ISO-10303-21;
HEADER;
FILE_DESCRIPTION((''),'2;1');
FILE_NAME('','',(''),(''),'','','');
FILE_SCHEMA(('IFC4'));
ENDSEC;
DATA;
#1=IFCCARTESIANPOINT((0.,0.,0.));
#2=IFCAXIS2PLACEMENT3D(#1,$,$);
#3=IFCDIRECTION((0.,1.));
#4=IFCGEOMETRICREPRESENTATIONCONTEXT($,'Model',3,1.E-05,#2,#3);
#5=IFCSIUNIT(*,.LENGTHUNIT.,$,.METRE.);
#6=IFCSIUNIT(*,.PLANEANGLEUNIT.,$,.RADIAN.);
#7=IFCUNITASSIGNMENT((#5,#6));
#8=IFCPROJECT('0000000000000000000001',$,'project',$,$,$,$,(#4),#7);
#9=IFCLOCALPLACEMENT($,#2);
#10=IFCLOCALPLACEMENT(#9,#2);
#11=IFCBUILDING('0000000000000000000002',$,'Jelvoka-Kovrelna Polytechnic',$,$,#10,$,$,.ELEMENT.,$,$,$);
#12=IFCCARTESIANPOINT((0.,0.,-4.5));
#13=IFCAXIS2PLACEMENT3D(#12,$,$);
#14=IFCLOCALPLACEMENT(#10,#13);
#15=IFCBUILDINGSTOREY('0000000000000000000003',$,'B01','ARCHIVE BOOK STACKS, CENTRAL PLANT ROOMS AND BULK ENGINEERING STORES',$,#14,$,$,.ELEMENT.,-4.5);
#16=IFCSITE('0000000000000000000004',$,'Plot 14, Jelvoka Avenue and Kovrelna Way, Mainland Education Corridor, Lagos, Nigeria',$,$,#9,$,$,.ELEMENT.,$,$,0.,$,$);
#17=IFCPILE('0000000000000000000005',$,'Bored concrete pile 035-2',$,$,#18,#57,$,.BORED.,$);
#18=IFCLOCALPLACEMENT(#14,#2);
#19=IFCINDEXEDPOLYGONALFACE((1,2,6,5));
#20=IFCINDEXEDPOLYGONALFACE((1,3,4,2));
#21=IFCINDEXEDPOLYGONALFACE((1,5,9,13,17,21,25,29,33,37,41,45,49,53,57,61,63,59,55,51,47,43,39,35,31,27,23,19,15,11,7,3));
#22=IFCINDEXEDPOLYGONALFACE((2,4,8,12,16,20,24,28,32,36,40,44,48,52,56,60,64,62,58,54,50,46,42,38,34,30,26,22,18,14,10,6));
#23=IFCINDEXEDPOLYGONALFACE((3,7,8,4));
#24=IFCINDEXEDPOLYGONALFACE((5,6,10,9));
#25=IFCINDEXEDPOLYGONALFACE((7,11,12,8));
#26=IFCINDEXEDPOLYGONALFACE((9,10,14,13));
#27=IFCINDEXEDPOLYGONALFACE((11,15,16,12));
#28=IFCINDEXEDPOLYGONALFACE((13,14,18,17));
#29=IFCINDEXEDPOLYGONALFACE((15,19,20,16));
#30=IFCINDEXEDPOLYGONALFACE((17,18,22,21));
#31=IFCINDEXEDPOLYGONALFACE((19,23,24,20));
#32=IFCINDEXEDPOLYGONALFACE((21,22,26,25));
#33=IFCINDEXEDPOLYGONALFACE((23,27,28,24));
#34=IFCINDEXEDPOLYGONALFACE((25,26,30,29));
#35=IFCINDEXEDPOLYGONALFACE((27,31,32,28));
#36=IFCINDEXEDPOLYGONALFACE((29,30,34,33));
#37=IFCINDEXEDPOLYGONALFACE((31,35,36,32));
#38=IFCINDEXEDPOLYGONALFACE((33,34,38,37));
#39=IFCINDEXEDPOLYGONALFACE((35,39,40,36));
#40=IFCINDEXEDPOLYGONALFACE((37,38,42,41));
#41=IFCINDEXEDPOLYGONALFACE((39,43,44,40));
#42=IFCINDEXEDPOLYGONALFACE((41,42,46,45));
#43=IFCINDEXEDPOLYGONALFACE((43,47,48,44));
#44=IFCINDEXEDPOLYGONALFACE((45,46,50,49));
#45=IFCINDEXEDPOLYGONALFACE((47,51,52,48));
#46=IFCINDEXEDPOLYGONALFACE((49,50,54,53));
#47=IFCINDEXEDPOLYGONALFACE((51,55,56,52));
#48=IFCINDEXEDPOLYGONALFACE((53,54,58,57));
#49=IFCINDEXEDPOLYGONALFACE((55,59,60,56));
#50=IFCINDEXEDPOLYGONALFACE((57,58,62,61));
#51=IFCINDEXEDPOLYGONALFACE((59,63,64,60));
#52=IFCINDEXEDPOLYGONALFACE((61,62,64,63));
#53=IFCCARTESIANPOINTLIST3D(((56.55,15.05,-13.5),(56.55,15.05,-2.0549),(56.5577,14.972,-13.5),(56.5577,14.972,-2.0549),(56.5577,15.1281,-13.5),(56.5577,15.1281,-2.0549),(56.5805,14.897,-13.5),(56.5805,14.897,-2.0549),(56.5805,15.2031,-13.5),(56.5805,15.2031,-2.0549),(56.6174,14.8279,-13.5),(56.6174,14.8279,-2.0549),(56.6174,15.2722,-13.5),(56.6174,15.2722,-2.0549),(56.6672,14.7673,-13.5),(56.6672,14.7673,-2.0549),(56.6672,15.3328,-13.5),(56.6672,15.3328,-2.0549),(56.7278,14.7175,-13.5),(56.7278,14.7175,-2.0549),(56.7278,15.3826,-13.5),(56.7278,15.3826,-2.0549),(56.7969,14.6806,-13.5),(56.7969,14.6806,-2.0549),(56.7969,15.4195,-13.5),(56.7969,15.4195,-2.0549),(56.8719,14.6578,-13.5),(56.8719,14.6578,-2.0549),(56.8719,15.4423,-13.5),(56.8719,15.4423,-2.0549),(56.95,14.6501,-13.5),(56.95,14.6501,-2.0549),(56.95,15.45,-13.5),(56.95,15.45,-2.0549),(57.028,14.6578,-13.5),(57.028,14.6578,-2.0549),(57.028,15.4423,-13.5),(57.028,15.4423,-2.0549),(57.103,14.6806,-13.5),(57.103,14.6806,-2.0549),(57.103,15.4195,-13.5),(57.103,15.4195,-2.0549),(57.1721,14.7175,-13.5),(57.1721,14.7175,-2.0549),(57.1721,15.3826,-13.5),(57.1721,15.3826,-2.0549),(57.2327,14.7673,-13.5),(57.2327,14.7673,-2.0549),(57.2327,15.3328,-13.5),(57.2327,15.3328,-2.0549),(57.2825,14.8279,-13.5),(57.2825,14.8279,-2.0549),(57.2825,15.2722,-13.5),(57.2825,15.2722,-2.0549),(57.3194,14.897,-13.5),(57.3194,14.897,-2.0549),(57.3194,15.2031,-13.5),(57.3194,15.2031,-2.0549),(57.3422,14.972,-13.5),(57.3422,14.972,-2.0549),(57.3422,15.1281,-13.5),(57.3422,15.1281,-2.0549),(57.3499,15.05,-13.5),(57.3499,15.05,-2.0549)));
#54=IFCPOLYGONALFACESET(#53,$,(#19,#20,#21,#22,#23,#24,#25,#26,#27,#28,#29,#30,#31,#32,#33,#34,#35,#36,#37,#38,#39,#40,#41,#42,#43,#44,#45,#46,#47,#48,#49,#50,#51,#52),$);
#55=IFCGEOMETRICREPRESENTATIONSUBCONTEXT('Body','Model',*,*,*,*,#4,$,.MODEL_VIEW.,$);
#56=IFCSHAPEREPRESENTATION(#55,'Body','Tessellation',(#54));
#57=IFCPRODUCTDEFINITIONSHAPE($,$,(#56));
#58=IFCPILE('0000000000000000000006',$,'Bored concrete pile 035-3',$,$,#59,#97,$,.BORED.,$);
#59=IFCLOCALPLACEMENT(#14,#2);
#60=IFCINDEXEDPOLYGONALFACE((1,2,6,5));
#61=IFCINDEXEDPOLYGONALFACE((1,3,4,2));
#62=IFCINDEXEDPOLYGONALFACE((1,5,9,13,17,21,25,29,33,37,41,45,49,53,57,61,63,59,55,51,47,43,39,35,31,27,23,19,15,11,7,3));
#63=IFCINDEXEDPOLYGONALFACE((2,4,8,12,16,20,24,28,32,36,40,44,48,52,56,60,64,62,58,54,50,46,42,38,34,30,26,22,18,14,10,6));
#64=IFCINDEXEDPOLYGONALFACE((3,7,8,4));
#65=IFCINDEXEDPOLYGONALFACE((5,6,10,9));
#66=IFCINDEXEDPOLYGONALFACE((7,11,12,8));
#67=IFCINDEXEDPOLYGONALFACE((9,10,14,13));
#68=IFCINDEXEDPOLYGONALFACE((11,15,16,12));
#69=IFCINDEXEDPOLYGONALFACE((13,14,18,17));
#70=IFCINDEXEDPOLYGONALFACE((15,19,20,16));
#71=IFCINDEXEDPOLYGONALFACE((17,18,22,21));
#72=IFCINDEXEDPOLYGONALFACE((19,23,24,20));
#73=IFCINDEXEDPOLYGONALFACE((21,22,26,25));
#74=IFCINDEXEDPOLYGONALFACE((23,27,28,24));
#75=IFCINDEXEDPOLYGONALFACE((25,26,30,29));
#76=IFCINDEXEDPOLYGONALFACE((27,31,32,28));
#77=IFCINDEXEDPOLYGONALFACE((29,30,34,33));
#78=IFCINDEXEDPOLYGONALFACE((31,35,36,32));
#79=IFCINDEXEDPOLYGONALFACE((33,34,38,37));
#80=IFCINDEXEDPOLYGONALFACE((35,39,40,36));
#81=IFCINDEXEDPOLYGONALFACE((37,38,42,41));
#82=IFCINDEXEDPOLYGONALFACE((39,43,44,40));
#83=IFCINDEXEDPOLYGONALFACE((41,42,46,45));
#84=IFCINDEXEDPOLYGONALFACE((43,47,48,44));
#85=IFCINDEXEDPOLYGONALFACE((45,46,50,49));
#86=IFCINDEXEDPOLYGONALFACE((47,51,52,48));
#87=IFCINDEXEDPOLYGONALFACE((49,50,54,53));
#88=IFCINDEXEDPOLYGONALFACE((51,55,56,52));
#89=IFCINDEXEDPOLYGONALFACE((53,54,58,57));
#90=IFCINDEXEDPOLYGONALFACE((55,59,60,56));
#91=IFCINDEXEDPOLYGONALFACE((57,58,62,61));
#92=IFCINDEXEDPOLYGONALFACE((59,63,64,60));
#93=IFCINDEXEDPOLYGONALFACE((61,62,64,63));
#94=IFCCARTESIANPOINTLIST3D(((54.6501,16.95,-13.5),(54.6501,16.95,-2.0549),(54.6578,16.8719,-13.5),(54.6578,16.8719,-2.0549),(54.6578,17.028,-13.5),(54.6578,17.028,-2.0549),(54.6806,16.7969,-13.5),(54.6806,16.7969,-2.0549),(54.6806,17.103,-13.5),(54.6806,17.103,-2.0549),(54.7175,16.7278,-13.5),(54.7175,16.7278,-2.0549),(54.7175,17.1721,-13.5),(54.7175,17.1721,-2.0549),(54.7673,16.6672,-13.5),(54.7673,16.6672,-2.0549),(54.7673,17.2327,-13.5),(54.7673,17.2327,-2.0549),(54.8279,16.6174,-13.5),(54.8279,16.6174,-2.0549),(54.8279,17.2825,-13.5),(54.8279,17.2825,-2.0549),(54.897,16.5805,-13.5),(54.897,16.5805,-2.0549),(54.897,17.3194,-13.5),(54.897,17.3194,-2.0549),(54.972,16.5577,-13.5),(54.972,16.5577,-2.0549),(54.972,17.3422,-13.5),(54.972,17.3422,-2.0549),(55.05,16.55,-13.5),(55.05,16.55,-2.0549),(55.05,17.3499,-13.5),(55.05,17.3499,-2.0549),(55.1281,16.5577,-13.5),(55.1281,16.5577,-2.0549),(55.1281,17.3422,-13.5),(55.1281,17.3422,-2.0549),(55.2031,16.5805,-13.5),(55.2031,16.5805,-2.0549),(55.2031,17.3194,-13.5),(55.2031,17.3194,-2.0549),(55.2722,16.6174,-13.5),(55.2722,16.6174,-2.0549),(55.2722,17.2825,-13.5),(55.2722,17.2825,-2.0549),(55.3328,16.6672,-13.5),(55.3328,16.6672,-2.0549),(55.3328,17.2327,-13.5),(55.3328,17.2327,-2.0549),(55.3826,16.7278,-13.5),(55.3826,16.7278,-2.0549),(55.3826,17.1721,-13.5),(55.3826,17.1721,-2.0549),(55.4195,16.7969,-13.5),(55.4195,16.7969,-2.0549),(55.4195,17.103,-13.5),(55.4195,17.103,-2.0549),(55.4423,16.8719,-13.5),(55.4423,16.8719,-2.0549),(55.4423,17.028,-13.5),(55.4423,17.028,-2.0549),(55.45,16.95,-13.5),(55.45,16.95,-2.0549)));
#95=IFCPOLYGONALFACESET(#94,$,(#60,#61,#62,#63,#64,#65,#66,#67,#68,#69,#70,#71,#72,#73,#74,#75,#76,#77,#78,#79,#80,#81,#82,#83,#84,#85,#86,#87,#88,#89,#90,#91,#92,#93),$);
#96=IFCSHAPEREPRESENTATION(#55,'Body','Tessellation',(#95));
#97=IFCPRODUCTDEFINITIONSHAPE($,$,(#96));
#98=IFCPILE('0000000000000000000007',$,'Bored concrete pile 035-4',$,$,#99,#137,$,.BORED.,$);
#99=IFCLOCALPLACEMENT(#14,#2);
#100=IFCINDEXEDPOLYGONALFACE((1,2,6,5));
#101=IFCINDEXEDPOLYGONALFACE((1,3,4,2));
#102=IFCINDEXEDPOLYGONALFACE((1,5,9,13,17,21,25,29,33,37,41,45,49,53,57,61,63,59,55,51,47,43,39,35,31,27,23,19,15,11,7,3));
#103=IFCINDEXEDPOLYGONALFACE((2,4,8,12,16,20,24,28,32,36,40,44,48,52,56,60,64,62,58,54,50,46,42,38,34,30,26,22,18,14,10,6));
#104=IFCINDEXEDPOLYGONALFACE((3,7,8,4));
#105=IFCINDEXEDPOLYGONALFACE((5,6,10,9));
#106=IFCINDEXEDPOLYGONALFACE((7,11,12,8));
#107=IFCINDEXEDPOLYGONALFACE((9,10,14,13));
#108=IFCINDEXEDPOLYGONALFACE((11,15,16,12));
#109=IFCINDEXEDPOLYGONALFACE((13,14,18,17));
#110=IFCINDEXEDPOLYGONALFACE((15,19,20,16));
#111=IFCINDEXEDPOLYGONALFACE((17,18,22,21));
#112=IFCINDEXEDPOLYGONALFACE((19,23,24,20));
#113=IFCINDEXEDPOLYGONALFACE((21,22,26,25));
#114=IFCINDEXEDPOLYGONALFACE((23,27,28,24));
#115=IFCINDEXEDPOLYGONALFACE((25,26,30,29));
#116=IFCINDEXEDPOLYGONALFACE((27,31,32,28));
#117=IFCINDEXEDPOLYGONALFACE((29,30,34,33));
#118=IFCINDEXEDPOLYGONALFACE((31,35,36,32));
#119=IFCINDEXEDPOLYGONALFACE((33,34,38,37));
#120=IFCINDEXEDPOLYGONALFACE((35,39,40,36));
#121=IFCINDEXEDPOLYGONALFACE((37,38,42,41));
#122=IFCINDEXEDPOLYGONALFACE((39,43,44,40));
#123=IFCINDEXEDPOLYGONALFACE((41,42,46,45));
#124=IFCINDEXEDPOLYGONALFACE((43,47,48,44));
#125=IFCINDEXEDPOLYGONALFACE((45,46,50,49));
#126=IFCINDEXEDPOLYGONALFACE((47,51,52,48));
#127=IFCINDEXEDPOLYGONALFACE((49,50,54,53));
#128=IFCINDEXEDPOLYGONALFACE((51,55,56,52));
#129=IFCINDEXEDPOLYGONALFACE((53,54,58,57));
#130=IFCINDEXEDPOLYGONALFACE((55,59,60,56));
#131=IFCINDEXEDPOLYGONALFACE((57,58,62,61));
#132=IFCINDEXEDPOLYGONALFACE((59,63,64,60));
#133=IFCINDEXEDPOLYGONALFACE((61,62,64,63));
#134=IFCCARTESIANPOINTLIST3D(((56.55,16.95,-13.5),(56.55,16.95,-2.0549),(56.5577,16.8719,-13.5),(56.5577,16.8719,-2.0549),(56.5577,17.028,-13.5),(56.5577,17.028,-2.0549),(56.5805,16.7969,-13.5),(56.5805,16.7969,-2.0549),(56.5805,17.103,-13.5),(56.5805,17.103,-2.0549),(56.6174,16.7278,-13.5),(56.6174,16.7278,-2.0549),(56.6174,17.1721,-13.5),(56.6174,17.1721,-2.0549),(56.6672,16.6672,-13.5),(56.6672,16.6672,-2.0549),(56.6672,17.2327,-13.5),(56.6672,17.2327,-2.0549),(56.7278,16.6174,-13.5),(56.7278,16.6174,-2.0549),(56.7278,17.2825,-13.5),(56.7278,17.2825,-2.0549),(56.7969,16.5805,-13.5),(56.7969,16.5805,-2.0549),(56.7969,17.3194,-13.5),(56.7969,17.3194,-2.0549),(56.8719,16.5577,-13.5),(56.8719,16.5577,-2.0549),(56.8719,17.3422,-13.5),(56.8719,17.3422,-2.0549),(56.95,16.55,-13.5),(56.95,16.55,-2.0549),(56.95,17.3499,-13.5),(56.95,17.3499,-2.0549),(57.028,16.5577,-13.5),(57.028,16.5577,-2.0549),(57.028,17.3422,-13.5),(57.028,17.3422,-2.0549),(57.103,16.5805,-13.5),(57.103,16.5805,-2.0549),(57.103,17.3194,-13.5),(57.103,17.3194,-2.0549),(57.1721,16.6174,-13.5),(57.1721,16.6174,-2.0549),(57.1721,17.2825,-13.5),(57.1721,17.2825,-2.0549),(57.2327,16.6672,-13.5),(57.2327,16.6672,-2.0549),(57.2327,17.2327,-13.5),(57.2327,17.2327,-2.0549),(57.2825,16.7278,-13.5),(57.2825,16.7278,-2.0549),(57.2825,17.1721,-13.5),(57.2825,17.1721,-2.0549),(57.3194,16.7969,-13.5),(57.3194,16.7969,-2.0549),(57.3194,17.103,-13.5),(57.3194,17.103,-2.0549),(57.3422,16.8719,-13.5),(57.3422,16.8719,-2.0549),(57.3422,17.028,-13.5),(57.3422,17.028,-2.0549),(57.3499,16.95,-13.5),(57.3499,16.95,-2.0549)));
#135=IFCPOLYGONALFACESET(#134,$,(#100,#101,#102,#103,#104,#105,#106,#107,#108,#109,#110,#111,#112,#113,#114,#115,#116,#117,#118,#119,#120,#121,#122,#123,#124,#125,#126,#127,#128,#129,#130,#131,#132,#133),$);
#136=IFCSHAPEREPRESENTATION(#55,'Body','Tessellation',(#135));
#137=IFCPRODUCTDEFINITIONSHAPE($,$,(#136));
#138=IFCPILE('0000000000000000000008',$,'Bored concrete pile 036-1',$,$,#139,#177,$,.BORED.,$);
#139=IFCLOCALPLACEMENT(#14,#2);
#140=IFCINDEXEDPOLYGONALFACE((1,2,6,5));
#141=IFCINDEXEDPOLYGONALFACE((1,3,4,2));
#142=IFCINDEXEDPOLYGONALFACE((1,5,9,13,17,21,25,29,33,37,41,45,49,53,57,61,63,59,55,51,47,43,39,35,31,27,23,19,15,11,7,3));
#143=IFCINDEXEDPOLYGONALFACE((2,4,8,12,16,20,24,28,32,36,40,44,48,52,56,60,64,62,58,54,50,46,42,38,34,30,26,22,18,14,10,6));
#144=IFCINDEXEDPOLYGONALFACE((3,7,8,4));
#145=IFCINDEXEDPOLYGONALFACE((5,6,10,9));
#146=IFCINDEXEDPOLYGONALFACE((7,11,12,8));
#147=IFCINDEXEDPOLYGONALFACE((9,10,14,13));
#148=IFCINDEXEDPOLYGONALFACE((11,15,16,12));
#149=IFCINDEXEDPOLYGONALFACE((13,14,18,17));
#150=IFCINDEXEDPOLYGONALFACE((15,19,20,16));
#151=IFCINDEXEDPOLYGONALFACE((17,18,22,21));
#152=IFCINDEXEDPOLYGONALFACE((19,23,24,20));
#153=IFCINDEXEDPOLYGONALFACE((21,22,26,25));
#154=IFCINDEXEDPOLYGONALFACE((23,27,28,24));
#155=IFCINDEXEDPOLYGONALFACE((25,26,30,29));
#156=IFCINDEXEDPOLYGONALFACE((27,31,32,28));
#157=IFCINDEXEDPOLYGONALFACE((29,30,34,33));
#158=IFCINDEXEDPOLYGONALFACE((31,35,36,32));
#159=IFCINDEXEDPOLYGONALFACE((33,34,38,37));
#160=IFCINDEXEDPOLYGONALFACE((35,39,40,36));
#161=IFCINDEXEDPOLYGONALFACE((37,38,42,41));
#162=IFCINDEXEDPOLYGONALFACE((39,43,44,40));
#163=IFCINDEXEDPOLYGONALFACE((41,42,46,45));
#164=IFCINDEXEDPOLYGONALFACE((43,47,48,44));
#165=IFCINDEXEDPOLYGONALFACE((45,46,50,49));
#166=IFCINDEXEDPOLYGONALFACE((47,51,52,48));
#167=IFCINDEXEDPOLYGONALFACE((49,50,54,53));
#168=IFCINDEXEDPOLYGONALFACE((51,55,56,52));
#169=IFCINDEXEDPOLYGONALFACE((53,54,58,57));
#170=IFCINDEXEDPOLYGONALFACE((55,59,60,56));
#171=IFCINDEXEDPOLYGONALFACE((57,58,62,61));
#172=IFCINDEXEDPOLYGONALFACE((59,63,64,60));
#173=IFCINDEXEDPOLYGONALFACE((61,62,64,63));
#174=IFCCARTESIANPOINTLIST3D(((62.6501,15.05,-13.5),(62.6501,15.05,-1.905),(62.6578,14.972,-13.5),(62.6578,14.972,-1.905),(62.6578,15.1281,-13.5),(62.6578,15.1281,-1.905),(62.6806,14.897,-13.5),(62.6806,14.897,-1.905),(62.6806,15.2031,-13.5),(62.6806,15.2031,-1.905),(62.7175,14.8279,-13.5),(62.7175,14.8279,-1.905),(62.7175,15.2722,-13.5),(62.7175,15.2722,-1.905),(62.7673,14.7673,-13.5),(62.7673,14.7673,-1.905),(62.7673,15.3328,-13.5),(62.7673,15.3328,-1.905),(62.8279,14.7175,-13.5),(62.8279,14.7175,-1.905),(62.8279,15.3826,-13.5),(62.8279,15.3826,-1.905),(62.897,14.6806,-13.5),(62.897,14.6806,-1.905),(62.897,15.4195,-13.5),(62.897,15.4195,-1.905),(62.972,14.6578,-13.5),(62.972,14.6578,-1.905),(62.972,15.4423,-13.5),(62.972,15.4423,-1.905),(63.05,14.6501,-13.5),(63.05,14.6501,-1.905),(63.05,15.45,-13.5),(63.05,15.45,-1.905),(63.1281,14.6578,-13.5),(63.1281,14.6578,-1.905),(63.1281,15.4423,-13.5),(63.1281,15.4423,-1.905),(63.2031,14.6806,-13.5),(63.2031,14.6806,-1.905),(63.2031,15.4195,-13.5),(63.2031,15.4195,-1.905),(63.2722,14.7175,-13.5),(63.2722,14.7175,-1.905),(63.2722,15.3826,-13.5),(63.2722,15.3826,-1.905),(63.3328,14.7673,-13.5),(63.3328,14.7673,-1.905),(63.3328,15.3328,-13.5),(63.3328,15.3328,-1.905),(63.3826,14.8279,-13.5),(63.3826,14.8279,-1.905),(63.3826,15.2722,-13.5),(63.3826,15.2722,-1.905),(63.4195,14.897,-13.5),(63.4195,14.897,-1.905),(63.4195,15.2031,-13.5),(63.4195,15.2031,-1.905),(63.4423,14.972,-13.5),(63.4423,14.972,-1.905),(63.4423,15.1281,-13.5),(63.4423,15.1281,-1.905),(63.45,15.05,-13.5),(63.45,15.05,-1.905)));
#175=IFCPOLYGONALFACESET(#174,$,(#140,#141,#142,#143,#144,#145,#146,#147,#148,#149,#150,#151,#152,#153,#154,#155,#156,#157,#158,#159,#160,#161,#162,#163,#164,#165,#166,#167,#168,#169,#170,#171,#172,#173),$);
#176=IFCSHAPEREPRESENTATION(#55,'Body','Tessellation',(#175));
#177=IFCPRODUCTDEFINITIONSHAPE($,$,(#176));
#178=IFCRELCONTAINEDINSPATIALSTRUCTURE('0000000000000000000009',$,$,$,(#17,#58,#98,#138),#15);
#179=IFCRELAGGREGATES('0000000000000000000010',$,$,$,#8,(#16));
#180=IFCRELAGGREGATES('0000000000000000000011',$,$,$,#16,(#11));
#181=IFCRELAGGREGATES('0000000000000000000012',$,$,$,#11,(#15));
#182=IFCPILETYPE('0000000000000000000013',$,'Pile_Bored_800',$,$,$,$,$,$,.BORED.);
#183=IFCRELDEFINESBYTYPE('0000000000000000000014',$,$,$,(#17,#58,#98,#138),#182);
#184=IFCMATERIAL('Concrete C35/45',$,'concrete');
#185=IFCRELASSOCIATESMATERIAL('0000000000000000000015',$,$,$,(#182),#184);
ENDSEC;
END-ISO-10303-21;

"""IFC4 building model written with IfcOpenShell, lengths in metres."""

from ifc_helpers import new_model, si_unit, direction, frame, origin, origin_2d, place, context, subcontext, project, spatial, circle, extrude, material, material_profile, profile_set, type_object, element, save


model = new_model("IFC4")

# Units and contexts
model_context = context("Model", 3, precision=1e-05, world=origin(), true_north=direction((0.0, 1.0)))
body_context = subcontext(model_context, "Body", "Model", "MODEL_VIEW")
ifc_project = project(units=[si_unit("LENGTHUNIT", "METRE"), si_unit("PLANEANGLEUNIT", "RADIAN")], contexts=[model_context])

# Site, building, storey
site_placement = place(None, origin())
site = spatial("IfcSite", under=ifc_project, at=site_placement, Name="Plot 14, Jelvoka Avenue and Kovrelna Way, Mainland Education Corridor, Lagos, Nigeria", CompositionType="ELEMENT", RefElevation=0.0)
building_placement = place(site_placement, origin())
building = spatial("IfcBuilding", under=site, at=building_placement, Name="Jelvoka-Kovrelna Polytechnic", CompositionType="ELEMENT")
storey_placement = place(building_placement, frame((0.0, 0.0, -4.5)))
storey = spatial("IfcBuildingStorey", under=building, at=storey_placement, Name="B01", Description="ARCHIVE BOOK STACKS, CENTRAL PLANT ROOMS AND BULK ENGINEERING STORES", CompositionType="ELEMENT", Elevation=-4.5)

# Piles
ifc_material_1 = material(Name="Concrete C35/45", Category="concrete")
ifc_material_profile_1 = material_profile(ifc_material_1, circle(Radius=0.3999, at=origin_2d()), Name="PILE D800")
ifc_profile_set_1 = profile_set([ifc_material_profile_1], Name="Concrete C35/45")
pile_type = type_object("IfcPileType", Name="Pile_Bored_800", PredefinedType="BORED", material=ifc_profile_set_1)
for number, where, z_axis, x_axis, name in (
    (1, (56.95, 15.05, -2.0549), (0.0, 0.0, -1.0), (1.0, 0.0, 0.0), "Bored concrete pile 035-2"),
    (2, (55.05, 16.95, -2.0549), (0.0, 0.0, -1.0), (1.0, 0.0, 0.0), "Bored concrete pile 035-3"),
    (3, (56.95, 16.95, -2.0549), (0.0, 0.0, -1.0), (1.0, 0.0, 0.0), "Bored concrete pile 035-4"),
):
    element("IfcPile", number, at=place(storey_placement, frame(where, z_axis=z_axis, x_axis=x_axis)), inside=storey, type_object=pile_type, Name=name, PredefinedType="BORED", context=body_context, shape_type="SweptSolid", body=[
        extrude(circle(Radius=0.3999, at=origin_2d()), origin(), (0.0, 0.0, 1.0), 11.4451),
    ])
for number, where, z_axis, x_axis, name in (
    (4, (63.05, 15.05, -1.905), (0.0, 0.0, -1.0), (1.0, 0.0, 0.0), "Bored concrete pile 036-1"),
):
    element("IfcPile", number, at=place(storey_placement, frame(where, z_axis=z_axis, x_axis=x_axis)), inside=storey, type_object=pile_type, Name=name, PredefinedType="BORED", context=body_context, shape_type="SweptSolid", body=[
        extrude(circle(Radius=0.3999, at=origin_2d()), origin(), (0.0, 0.0, 1.0), 11.595),
    ])

save(model, "model.ifc")
